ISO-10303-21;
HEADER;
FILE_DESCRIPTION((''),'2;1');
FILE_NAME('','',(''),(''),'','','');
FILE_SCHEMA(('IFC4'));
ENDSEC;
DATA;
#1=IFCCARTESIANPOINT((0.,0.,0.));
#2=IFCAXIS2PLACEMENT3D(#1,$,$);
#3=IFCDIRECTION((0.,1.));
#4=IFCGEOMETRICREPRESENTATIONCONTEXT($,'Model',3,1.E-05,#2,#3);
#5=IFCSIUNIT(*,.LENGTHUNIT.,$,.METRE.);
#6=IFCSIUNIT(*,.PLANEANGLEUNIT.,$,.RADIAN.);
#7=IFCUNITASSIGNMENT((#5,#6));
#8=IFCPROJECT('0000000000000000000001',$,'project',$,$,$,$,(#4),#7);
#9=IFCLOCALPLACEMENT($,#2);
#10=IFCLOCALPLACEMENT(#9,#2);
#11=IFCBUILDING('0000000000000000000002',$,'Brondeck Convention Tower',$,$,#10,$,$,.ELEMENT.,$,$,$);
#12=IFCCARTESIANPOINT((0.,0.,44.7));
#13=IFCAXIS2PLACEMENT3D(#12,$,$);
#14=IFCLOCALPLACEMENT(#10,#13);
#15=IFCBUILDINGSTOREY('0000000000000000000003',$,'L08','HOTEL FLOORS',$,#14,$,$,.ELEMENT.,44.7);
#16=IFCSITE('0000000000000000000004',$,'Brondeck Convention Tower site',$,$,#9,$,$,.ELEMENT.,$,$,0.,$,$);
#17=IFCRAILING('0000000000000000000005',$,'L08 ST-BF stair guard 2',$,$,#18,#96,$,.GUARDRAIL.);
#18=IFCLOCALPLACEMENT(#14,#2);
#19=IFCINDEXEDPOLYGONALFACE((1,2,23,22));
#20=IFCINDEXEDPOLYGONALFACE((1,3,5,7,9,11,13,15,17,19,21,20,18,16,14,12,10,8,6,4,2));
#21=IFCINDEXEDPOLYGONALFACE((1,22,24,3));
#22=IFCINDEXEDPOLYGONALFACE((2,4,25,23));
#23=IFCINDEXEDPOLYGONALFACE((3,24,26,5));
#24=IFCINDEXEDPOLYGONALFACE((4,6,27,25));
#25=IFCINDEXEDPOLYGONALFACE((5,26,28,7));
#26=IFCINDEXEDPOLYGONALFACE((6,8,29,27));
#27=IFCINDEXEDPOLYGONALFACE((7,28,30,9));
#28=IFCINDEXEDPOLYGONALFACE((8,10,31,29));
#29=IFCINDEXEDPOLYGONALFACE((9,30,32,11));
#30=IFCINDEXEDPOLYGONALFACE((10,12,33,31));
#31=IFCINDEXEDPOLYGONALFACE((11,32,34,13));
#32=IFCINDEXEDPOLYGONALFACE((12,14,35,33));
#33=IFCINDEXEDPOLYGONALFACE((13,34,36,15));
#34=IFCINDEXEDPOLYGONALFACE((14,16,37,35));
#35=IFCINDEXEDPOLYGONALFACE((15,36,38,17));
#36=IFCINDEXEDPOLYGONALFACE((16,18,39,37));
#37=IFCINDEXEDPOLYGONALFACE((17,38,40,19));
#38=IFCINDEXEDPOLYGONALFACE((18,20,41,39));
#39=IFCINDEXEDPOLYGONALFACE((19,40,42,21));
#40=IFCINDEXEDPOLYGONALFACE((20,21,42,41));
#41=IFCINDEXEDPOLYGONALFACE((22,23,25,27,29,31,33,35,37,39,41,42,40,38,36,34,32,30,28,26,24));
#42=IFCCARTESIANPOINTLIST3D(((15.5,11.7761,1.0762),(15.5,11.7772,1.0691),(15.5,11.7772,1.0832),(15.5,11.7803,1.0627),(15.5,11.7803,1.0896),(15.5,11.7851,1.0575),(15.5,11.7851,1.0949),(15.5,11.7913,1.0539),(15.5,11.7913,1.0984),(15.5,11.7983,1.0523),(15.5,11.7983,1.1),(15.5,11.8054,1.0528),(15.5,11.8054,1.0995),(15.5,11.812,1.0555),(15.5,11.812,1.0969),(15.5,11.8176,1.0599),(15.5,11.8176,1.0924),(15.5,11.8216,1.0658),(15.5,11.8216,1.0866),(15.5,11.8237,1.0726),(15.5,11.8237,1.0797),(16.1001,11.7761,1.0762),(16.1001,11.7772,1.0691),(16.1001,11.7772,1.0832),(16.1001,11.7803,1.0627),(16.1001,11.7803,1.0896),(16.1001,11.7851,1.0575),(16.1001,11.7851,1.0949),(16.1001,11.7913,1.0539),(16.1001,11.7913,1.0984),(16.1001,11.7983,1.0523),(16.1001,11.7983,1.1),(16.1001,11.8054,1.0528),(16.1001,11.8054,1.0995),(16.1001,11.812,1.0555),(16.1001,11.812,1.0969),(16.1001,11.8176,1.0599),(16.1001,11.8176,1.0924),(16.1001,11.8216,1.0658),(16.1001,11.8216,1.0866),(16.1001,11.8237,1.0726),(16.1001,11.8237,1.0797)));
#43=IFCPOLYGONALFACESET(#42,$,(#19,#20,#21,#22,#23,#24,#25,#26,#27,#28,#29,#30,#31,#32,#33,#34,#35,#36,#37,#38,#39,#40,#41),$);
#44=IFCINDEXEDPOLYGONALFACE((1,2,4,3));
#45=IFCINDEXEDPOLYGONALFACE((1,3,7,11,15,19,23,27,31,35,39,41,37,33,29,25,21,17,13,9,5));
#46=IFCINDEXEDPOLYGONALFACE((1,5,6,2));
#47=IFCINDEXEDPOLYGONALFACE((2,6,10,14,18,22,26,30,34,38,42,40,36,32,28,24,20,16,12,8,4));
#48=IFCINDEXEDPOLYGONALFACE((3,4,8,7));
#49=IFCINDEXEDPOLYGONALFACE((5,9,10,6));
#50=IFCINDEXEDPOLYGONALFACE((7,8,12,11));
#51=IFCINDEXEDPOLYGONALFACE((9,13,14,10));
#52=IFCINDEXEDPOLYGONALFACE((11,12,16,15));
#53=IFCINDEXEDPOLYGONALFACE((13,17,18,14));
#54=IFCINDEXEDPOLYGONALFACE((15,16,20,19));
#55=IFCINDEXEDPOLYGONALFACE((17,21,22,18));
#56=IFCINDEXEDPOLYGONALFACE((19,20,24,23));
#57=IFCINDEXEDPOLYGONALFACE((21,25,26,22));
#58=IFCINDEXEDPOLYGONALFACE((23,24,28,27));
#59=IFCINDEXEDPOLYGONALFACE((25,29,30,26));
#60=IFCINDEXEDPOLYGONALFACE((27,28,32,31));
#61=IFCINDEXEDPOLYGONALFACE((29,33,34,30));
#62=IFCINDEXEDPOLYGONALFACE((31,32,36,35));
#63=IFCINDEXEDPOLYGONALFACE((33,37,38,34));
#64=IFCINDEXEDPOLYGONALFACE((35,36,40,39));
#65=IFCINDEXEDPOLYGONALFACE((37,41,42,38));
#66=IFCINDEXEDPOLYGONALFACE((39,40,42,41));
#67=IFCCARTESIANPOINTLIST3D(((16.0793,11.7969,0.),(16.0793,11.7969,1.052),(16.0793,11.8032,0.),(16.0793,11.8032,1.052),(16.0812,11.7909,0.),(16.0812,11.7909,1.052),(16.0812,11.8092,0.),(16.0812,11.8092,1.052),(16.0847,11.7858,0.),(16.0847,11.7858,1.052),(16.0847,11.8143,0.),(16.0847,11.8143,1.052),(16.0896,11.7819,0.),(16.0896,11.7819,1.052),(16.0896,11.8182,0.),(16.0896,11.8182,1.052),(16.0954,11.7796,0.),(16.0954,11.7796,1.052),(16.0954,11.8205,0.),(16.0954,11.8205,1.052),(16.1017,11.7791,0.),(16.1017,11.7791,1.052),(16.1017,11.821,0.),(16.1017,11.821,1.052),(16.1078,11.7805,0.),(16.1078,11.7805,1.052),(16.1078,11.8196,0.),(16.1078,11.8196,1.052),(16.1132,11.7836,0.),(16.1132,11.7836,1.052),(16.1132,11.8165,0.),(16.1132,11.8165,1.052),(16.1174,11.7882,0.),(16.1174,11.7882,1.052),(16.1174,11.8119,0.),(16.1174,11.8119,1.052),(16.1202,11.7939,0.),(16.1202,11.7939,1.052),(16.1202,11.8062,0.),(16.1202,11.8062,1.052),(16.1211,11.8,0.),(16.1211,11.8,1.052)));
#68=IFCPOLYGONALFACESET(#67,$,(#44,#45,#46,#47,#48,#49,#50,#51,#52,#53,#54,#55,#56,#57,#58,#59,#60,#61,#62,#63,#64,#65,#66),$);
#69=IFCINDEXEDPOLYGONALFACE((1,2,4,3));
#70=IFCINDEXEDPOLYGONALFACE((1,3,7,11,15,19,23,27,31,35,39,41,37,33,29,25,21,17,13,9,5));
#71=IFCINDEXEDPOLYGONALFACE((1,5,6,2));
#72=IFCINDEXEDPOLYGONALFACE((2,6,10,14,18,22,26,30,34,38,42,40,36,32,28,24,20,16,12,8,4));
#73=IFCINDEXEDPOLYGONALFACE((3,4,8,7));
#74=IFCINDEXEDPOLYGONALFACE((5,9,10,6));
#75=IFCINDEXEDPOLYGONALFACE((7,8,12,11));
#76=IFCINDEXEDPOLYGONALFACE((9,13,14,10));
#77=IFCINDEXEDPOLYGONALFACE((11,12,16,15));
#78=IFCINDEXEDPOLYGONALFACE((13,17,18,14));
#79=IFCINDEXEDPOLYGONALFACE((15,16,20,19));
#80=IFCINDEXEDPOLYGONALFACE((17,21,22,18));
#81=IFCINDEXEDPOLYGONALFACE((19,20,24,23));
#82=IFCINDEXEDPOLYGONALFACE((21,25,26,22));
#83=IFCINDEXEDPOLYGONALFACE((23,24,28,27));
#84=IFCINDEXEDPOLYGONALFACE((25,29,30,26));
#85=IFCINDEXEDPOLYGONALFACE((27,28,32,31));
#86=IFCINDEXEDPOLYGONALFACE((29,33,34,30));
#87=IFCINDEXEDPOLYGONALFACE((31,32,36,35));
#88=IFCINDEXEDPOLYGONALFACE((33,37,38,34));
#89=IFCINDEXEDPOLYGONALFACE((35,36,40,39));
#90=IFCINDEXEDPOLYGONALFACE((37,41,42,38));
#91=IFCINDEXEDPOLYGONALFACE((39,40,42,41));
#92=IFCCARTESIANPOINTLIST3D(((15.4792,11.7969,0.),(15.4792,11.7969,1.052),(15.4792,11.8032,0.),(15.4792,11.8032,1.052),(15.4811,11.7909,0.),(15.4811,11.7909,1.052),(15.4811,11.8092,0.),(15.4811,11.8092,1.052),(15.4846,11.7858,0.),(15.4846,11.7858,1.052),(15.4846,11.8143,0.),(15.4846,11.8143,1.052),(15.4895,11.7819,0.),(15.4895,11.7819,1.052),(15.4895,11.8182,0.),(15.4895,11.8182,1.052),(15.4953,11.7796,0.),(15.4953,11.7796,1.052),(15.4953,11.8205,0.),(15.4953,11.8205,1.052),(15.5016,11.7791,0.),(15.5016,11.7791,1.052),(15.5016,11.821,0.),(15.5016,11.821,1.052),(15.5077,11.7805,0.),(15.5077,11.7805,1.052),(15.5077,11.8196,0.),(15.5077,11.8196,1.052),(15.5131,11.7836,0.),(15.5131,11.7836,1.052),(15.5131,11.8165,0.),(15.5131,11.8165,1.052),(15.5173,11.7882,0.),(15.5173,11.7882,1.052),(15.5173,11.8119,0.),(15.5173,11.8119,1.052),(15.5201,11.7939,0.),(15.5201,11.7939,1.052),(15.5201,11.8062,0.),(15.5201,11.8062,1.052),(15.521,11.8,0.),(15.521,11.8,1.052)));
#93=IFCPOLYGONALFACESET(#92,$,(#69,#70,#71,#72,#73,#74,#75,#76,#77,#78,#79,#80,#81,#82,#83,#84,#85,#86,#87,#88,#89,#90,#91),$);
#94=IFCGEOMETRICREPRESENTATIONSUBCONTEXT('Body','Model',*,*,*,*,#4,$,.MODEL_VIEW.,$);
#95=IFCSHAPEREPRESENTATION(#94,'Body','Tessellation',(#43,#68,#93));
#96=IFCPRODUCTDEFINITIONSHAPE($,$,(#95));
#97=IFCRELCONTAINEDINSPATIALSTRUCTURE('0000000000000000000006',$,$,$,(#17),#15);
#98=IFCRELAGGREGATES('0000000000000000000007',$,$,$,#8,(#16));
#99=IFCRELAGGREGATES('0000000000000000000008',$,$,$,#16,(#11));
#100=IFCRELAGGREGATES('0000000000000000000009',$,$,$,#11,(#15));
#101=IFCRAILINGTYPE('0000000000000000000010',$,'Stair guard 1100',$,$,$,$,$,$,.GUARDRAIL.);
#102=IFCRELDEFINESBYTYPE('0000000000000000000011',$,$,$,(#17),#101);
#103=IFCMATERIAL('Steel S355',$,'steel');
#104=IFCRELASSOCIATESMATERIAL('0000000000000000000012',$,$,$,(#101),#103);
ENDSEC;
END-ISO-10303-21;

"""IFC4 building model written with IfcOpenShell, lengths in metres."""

from ifc_helpers import new_model, si_unit, direction, frame, origin, origin_2d, place, context, subcontext, project, spatial, circle, extrude, material, type_object, element, save


model = new_model("IFC4")

# Units and contexts
model_context = context("Model", 3, precision=1e-05, world=origin(), true_north=direction((0.0, 1.0)))
body_context = subcontext(model_context, "Body", "Model", "MODEL_VIEW")
ifc_project = project(units=[si_unit("LENGTHUNIT", "METRE"), si_unit("PLANEANGLEUNIT", "RADIAN")], contexts=[model_context])

# Site, building, storey
site_placement = place(None, origin())
site = spatial("IfcSite", under=ifc_project, at=site_placement, Name="Brondeck Convention Tower site", CompositionType="ELEMENT", RefElevation=0.0)
building_placement = place(site_placement, origin())
building = spatial("IfcBuilding", under=site, at=building_placement, Name="Brondeck Convention Tower", CompositionType="ELEMENT")
storey_placement = place(building_placement, frame((0.0, 0.0, 44.7)))
storey = spatial("IfcBuildingStorey", under=building, at=storey_placement, Name="L08", Description="HOTEL FLOORS", CompositionType="ELEMENT", Elevation=44.7)

# Shared definitions
ifc_material_1 = material(Name="Steel S355", Category="steel")

# Railing
railing_type = type_object("IfcRailingType", Name="Stair guard 1100", PredefinedType="GUARDRAIL", material=ifc_material_1)
railing_placement = place(storey_placement, frame((16.1001, 11.8, 0.0)))
element("IfcRailing", 1, at=railing_placement, inside=storey, type_object=railing_type, Name="L08 ST-BF stair guard 2", PredefinedType="GUARDRAIL", context=body_context, shape_type="SweptSolid", body=[
    extrude(circle(Radius=0.0239, at=origin_2d()), frame((0.0, 0.0, 1.0762), z_axis=(-1.0, 0.0, 0.0), x_axis=(0.0, -1.0, 0.0)), (0.0, 0.0, 1.0), 0.6001),
    extrude(circle(Radius=0.021, at=origin_2d()), origin(), (0.0, 0.0, 1.0), 1.052),
    extrude(circle(Radius=0.021, at=origin_2d()), frame((-0.6001, 0.0, 0.0)), (0.0, 0.0, 1.0), 1.052),
])

save(model, "model.ifc")
